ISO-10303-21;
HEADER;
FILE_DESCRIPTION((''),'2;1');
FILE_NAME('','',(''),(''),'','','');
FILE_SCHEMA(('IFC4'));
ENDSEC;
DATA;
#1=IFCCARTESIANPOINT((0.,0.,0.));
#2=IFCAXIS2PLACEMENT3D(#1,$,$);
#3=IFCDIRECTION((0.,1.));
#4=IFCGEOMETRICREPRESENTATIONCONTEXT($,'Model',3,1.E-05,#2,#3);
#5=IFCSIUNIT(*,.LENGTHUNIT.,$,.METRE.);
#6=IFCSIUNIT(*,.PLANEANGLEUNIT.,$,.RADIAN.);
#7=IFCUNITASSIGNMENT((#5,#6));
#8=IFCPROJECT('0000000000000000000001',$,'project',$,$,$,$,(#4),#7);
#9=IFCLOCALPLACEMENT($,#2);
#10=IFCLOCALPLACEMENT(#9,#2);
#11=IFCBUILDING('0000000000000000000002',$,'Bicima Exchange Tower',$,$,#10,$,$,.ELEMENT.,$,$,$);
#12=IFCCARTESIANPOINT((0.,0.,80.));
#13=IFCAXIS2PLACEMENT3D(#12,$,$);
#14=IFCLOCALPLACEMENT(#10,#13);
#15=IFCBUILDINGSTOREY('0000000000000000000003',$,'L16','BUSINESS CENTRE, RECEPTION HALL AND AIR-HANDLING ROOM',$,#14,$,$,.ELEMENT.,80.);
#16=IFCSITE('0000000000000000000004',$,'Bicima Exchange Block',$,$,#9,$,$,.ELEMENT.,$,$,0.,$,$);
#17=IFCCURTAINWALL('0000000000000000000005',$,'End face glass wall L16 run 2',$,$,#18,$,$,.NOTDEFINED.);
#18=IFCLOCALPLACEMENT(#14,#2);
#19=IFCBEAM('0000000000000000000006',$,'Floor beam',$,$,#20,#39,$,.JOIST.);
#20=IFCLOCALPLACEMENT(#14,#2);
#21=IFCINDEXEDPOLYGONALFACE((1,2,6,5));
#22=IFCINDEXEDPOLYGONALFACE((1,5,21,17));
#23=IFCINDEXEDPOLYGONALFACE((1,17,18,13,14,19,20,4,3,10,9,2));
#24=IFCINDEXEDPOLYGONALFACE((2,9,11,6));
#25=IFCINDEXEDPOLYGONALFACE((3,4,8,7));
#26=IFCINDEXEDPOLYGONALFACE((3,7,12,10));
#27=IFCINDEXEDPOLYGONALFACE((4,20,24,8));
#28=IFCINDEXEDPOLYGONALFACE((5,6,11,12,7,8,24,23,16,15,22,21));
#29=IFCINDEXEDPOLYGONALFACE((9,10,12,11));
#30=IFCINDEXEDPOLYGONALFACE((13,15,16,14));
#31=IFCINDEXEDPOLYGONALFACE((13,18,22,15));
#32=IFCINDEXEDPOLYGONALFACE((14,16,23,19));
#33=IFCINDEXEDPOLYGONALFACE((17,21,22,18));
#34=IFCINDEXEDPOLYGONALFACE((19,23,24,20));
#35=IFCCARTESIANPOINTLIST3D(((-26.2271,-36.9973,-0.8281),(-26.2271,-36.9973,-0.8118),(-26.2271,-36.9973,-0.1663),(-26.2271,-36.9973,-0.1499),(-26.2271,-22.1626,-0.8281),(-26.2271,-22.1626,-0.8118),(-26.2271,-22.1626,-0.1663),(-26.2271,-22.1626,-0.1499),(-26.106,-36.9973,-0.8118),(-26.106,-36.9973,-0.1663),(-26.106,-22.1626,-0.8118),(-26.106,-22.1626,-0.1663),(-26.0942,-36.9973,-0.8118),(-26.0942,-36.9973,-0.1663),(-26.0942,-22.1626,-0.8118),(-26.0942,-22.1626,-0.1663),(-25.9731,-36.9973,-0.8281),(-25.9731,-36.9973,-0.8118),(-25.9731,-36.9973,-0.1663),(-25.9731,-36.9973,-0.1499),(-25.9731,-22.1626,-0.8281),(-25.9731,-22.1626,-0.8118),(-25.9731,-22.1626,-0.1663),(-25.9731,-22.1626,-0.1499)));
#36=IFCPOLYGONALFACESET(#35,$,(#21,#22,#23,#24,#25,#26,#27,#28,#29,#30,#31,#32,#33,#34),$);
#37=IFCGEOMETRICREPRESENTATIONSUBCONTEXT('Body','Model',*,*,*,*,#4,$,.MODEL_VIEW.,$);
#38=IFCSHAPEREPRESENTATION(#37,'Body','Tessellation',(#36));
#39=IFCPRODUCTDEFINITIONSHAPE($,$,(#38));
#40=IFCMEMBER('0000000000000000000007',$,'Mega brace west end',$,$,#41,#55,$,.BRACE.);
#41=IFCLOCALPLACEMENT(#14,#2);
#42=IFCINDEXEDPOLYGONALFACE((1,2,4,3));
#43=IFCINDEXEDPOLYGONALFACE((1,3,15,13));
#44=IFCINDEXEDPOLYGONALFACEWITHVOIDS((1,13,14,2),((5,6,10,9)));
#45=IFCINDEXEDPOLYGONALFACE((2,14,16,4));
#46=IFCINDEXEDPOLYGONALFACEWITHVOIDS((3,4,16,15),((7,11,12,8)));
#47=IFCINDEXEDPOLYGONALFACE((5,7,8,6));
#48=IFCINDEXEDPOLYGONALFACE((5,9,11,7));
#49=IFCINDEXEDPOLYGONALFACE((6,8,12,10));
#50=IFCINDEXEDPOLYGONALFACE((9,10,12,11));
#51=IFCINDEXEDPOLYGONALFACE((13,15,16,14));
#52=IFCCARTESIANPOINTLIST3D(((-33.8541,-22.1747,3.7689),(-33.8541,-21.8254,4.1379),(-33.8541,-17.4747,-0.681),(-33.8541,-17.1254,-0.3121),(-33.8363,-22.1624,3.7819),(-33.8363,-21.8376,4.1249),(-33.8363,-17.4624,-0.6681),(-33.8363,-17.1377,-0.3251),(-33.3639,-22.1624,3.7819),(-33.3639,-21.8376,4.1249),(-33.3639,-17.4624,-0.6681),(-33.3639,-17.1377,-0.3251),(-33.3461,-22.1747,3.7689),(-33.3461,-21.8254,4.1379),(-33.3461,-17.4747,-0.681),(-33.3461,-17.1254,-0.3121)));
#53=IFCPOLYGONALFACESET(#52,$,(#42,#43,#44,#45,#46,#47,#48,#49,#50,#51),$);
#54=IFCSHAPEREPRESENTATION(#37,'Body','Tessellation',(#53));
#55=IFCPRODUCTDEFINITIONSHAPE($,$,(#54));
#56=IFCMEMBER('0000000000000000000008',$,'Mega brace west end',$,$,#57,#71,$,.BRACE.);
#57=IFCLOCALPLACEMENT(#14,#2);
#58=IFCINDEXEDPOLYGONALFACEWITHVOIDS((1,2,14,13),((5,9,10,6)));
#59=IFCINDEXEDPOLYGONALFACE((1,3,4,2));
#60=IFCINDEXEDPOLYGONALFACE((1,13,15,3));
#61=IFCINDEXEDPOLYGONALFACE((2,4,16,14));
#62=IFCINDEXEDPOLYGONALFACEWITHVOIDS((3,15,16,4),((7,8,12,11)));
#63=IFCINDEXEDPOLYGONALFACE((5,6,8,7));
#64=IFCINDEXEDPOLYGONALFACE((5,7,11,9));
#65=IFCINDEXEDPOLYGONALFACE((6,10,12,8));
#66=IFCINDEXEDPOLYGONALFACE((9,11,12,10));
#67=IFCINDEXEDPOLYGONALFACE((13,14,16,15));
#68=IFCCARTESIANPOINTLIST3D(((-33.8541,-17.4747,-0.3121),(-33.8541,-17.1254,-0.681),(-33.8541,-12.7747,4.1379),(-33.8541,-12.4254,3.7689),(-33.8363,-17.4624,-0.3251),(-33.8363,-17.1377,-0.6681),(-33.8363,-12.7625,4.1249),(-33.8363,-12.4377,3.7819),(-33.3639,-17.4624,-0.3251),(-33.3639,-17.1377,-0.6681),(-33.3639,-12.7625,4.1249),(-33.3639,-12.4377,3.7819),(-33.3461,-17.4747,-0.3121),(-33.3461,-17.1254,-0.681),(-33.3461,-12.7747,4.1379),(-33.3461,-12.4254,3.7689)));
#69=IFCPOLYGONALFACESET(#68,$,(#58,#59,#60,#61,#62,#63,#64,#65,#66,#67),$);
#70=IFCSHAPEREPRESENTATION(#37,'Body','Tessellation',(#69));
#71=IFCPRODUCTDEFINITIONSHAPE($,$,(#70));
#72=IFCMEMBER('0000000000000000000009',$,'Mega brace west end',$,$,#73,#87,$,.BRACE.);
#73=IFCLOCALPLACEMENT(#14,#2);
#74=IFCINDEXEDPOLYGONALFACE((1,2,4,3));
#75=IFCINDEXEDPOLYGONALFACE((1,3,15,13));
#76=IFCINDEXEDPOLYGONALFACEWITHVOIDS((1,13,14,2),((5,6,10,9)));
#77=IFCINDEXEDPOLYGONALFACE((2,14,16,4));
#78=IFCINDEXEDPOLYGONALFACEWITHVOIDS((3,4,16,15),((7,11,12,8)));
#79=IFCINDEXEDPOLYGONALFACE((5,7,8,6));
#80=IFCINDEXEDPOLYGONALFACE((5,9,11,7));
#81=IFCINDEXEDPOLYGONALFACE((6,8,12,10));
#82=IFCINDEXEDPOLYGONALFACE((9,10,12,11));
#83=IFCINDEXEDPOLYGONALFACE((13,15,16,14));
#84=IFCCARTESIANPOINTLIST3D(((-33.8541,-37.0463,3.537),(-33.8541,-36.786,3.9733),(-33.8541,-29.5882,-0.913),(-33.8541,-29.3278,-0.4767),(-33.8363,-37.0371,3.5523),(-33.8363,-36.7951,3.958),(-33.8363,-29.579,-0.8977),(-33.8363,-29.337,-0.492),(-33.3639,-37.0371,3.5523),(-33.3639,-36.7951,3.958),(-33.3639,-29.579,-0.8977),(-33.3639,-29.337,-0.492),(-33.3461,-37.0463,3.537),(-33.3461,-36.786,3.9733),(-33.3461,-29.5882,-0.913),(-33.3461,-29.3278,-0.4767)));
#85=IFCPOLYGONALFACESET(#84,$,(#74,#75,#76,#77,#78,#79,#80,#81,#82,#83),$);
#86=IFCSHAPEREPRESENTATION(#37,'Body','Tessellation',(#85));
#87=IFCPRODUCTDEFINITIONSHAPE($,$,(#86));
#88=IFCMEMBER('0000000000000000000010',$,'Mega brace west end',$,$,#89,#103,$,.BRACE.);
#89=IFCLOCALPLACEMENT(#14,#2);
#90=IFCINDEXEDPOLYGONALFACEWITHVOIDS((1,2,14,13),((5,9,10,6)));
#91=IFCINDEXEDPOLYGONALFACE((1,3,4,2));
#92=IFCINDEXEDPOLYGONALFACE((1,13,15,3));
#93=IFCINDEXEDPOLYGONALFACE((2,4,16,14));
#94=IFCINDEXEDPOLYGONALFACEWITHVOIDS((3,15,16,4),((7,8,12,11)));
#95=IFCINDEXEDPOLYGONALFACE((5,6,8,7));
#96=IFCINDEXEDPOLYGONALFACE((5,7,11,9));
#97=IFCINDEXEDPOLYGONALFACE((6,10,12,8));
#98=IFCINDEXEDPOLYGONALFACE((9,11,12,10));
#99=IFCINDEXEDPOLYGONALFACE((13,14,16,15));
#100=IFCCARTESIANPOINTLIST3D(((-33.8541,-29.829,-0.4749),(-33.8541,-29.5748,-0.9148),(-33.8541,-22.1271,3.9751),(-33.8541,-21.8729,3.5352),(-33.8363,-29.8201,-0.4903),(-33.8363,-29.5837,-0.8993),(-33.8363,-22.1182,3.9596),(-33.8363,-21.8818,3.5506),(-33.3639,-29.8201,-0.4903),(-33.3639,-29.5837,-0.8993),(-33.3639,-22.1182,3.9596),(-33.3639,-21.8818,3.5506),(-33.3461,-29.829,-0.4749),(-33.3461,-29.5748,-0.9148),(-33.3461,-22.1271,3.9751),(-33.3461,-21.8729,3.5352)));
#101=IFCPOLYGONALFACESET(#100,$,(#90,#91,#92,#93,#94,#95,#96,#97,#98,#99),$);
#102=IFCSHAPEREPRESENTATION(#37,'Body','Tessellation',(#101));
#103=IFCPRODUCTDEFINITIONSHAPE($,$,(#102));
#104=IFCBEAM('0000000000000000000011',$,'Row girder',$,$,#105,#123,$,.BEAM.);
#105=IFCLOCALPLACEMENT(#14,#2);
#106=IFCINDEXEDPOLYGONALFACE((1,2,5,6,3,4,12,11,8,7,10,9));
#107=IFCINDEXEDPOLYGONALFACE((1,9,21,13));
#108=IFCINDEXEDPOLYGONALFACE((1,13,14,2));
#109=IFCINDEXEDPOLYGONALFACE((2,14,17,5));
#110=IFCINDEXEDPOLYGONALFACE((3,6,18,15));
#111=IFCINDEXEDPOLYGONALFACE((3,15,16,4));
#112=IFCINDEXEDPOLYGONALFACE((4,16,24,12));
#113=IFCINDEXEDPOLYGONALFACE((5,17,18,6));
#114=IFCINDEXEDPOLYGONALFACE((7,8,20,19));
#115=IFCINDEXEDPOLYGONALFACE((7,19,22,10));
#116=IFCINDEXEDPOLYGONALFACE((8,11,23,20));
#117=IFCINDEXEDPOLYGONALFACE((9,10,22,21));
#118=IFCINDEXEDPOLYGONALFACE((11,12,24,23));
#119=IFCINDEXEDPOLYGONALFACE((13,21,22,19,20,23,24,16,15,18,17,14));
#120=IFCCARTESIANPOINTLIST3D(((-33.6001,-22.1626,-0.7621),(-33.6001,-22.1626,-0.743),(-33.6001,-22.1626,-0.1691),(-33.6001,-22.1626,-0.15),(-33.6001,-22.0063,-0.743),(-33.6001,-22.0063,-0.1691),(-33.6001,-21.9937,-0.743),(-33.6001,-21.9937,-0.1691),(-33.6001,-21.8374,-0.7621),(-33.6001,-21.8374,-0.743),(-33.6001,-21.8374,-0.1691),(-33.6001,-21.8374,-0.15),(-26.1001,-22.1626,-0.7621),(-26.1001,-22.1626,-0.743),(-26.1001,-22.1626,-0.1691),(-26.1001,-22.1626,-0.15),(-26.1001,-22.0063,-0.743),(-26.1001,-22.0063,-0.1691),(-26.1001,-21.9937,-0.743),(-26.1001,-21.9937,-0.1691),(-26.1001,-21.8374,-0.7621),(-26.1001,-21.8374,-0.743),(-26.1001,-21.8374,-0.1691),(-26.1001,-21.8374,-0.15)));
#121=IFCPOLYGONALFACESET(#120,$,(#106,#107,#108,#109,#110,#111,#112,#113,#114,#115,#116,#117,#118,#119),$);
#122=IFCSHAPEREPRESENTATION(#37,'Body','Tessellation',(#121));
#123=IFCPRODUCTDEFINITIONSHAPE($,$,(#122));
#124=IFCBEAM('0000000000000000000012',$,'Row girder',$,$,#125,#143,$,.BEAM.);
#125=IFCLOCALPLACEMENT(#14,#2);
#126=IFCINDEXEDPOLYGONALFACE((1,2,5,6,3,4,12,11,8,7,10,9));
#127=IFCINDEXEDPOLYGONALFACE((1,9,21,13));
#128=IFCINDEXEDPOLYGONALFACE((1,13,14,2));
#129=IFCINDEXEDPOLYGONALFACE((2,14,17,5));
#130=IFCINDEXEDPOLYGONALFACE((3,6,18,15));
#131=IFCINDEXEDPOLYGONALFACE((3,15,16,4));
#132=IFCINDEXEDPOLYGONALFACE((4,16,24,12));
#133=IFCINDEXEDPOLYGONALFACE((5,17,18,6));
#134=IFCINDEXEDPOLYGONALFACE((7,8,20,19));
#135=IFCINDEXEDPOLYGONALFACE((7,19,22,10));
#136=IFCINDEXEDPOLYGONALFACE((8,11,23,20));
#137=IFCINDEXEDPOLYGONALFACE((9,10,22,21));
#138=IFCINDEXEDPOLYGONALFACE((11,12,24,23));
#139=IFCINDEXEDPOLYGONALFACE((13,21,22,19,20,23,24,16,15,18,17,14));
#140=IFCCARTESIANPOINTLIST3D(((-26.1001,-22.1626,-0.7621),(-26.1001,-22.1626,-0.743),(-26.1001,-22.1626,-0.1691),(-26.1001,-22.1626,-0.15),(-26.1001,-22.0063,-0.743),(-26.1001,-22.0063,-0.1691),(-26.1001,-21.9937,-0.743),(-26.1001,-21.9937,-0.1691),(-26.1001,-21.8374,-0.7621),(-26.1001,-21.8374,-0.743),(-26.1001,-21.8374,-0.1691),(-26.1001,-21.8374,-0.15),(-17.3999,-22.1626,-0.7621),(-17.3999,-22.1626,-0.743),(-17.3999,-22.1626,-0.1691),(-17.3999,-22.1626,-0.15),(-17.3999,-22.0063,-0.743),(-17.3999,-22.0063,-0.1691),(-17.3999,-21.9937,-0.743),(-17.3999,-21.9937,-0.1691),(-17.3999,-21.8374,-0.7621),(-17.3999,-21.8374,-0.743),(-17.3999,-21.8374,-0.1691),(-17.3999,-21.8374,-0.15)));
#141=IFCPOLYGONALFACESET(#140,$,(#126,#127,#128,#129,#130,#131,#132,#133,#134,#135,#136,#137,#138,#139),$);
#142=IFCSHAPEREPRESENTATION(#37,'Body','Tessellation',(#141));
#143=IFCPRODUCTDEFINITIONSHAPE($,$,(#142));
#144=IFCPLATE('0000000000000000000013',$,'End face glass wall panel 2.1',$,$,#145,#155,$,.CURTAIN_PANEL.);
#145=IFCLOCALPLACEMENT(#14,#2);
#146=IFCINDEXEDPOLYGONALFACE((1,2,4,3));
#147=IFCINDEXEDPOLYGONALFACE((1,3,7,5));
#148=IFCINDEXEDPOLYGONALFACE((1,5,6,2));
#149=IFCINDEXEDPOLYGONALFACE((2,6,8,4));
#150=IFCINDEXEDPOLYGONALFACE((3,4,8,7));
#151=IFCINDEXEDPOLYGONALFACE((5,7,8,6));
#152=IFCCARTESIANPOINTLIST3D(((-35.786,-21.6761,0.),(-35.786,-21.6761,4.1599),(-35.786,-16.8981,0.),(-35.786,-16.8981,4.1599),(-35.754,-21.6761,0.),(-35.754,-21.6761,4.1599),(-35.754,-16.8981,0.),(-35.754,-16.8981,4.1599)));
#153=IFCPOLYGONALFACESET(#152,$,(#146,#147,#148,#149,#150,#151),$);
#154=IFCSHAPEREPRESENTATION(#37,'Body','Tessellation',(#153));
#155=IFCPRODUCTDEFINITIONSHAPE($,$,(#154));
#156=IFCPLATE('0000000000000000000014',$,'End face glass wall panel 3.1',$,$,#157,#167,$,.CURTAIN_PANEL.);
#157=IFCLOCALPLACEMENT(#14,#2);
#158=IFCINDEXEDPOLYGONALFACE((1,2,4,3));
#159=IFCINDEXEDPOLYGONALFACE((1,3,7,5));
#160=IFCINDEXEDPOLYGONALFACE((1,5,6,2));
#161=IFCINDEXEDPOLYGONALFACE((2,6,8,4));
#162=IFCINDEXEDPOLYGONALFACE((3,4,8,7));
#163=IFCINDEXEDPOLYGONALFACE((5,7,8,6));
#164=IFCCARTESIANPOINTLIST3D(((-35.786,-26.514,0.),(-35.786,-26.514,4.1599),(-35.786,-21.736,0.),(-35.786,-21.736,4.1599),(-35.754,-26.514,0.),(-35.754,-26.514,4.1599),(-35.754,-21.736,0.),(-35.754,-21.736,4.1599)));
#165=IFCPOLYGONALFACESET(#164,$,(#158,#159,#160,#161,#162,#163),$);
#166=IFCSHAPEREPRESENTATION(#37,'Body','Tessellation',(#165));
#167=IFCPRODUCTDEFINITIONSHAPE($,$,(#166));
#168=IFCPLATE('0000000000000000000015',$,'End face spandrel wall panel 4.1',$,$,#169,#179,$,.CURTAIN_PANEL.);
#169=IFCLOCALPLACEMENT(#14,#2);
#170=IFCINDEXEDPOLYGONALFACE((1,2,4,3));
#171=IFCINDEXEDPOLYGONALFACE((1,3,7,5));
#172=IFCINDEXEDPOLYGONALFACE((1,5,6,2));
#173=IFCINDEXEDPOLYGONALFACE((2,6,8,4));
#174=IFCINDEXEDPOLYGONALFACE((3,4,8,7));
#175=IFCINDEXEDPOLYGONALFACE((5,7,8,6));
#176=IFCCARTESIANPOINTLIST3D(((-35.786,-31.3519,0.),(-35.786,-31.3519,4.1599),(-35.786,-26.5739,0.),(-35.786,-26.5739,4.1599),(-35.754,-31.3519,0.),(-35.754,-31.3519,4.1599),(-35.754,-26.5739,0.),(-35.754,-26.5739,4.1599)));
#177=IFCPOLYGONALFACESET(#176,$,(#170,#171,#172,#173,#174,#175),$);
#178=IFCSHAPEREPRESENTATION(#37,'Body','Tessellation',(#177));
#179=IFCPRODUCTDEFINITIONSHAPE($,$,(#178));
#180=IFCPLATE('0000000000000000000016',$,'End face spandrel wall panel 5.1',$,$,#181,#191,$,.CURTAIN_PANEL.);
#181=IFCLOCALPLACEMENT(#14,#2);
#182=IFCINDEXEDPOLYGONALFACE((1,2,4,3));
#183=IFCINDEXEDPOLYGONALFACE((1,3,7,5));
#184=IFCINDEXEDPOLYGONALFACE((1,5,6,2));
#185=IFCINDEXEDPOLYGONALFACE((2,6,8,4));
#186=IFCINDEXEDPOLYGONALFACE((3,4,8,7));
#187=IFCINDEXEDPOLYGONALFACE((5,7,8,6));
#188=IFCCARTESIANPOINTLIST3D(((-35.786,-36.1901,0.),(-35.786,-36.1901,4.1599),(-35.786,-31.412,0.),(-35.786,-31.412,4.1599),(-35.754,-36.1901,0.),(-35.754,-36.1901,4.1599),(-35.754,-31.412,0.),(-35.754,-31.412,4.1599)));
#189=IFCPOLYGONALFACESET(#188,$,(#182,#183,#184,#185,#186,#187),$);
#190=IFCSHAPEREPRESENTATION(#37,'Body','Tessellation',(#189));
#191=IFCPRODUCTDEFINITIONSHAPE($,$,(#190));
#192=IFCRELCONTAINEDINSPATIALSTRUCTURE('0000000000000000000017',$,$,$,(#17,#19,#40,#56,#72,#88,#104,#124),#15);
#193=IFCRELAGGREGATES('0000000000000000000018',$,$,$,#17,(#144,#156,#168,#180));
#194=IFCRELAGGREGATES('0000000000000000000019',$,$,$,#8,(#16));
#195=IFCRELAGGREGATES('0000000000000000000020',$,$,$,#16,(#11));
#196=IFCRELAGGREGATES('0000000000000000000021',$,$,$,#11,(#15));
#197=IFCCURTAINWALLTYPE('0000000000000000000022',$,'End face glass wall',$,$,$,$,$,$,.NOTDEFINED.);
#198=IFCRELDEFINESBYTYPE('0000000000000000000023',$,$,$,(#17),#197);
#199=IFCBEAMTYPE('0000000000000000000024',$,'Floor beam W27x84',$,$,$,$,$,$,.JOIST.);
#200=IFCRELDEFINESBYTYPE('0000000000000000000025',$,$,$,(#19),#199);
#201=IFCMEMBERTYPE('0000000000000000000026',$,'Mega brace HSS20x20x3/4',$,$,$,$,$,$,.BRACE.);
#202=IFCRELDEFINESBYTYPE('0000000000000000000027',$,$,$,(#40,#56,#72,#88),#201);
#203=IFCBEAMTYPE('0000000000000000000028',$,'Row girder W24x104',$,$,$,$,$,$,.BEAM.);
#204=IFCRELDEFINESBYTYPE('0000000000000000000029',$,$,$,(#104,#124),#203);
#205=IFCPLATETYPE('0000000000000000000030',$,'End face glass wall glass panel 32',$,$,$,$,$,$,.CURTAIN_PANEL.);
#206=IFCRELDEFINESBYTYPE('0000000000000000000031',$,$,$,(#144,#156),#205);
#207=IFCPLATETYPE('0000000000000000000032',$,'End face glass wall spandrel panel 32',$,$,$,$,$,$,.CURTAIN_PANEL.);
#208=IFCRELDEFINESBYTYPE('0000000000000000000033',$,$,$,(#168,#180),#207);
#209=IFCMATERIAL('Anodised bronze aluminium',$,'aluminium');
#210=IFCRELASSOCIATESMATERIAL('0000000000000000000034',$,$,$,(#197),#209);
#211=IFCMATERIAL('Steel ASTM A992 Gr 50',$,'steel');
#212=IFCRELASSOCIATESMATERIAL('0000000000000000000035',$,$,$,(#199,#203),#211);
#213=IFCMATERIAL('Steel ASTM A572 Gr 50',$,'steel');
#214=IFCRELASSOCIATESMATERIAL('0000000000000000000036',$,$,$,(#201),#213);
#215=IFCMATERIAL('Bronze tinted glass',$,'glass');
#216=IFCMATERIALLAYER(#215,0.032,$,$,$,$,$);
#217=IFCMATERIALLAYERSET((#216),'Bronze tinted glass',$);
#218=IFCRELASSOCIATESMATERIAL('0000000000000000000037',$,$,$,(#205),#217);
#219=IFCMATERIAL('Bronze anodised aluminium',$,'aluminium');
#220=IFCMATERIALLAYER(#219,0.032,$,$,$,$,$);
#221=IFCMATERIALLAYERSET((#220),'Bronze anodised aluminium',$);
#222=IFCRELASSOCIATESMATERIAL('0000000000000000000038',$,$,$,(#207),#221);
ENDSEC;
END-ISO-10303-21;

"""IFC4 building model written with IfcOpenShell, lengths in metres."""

from ifc_helpers import new_model, si_unit, direction, frame, origin, origin_2d, place, context, subcontext, project, spatial, rectangle, hollow_rectangle, i_section, extrude, material, layer, layer_set, material_profile, profile_set, type_object, element, aggregate, save


model = new_model("IFC4")

# Units and contexts
model_context = context("Model", 3, precision=1e-05, world=origin(), true_north=direction((0.0, 1.0)))
body_context = subcontext(model_context, "Body", "Model", "MODEL_VIEW")
ifc_project = project(units=[si_unit("LENGTHUNIT", "METRE"), si_unit("PLANEANGLEUNIT", "RADIAN")], contexts=[model_context])

# Site, building, storey
site_placement = place(None, origin())
site = spatial("IfcSite", under=ifc_project, at=site_placement, Name="Bicima Exchange Block", CompositionType="ELEMENT", RefElevation=0.0)
building_placement = place(site_placement, origin())
building = spatial("IfcBuilding", under=site, at=building_placement, Name="Bicima Exchange Tower", CompositionType="ELEMENT")
storey_placement = place(building_placement, frame((0.0, 0.0, 80.0)))
storey = spatial("IfcBuildingStorey", under=building, at=storey_placement, Name="L16", Description="BUSINESS CENTRE, RECEPTION HALL AND AIR-HANDLING ROOM", CompositionType="ELEMENT", Elevation=80.0)

# Shared definitions
ifc_material_1 = material(Name="Steel ASTM A992 Gr 50", Category="steel")

# Curtain wall
ifc_material_2 = material(Name="Anodised bronze aluminium", Category="aluminium")
curtain_wall_type = type_object("IfcCurtainWallType", Name="End face glass wall", PredefinedType="NOTDEFINED", material=ifc_material_2)
curtain_wall_placement = place(storey_placement, origin())
curtain_wall = element("IfcCurtainWall", 1, at=curtain_wall_placement, inside=storey, type_object=curtain_wall_type, Name="End face glass wall L16 run 2", PredefinedType="NOTDEFINED")

# Beam
ifc_material_profile_1 = material_profile(ifc_material_1, i_section(OverallWidth=0.2539, OverallDepth=0.6782, WebThickness=0.0117, FlangeThickness=0.0164, at=origin_2d()))
ifc_profile_set_1 = profile_set([ifc_material_profile_1], Name="Steel ASTM A992 Gr 50")
beam_type_1 = type_object("IfcBeamType", Name="Floor beam W27x84", PredefinedType="JOIST", material=ifc_profile_set_1)
for number, where, z_axis, x_axis, name in (
    (2, (-26.1001, -22.1626, -0.489), (0.0, -1.0, 0.0), (1.0, 0.0, 0.0), "Floor beam"),
):
    element("IfcBeam", number, at=place(storey_placement, frame(where, z_axis=z_axis, x_axis=x_axis)), inside=storey, type_object=beam_type_1, Name=name, PredefinedType="JOIST", context=body_context, shape_type="SweptSolid", body=[
        extrude(i_section(OverallWidth=0.2539, OverallDepth=0.6782, WebThickness=0.0117, FlangeThickness=0.0164, at=origin_2d()), origin(), (0.0, 0.0, 1.0), 14.8347),
    ])

# Members
ifc_material_3 = material(Name="Steel ASTM A572 Gr 50", Category="steel")
ifc_material_profile_2 = material_profile(ifc_material_3, hollow_rectangle(XDim=0.5081, YDim=0.5081, WallThickness=0.0178, at=origin_2d()))
ifc_profile_set_2 = profile_set([ifc_material_profile_2], Name="Steel ASTM A572 Gr 50")
member_type_1 = type_object("IfcMemberType", Name="Mega brace HSS20x20x3/4", PredefinedType="BRACE", material=ifc_profile_set_2)
for number, where, z_axis, x_axis, name in (
    (3, (-33.6001, -17.3, -0.4966), (0.0, -0.726156, 0.68753), (1.0, 0.0, 0.0), "Mega brace west end"),
    (4, (-33.6001, -17.3, -0.4966), (0.0, 0.726156, 0.68753), (-1.0, 0.0, 0.0), "Mega brace west end"),
):
    element("IfcMember", number, at=place(storey_placement, frame(where, z_axis=z_axis, x_axis=x_axis)), inside=storey, type_object=member_type_1, Name=name, PredefinedType="BRACE", context=body_context, shape_type="SweptSolid", body=[
        extrude(hollow_rectangle(XDim=0.5081, YDim=0.5081, WallThickness=0.0178, at=origin_2d()), origin(), (0.0, 0.0, 1.0), 6.4724),
    ])
member_1_placement = place(storey_placement, frame((-33.6001, -29.458, -0.6948), z_axis=(0.0, -0.858753, 0.51239), x_axis=(1.0, 0.0, 0.0)))
element("IfcMember", 5, at=member_1_placement, inside=storey, type_object=member_type_1, Name="Mega brace west end", PredefinedType="BRACE", context=body_context, shape_type="SweptSolid", body=[
    extrude(hollow_rectangle(XDim=0.5081, YDim=0.5081, WallThickness=0.0178, at=origin_2d()), origin(), (0.0, 0.0, 1.0), 8.6848),
])
member_2_placement = place(storey_placement, frame((-33.6001, -29.7019, -0.6948), z_axis=(0.0, 0.865867, 0.500274), x_axis=(-1.0, 0.0, 0.0)))
element("IfcMember", 6, at=member_2_placement, inside=storey, type_object=member_type_1, Name="Mega brace west end", PredefinedType="BRACE", context=body_context, shape_type="SweptSolid", body=[
    extrude(hollow_rectangle(XDim=0.5081, YDim=0.5081, WallThickness=0.0178, at=origin_2d()), origin(), (0.0, 0.0, 1.0), 8.895),
])

# Beams
ifc_material_profile_3 = material_profile(ifc_material_1, i_section(OverallWidth=0.3252, OverallDepth=0.6121, WebThickness=0.0127, FlangeThickness=0.019, at=origin_2d()))
ifc_profile_set_3 = profile_set([ifc_material_profile_3], Name="Steel ASTM A992 Gr 50")
beam_type_2 = type_object("IfcBeamType", Name="Row girder W24x104", PredefinedType="BEAM", material=ifc_profile_set_3)
beam_1_placement = place(storey_placement, frame((-33.6001, -22.0, -0.4561), z_axis=(1.0, 0.0, 0.0), x_axis=(0.0, 1.0, 0.0)))
element("IfcBeam", 7, at=beam_1_placement, inside=storey, type_object=beam_type_2, Name="Row girder", PredefinedType="BEAM", context=body_context, shape_type="SweptSolid", body=[
    extrude(i_section(OverallWidth=0.3252, OverallDepth=0.6121, WebThickness=0.0127, FlangeThickness=0.019, at=origin_2d()), origin(), (0.0, 0.0, 1.0), 7.5),
])
beam_2_placement = place(storey_placement, frame((-26.1001, -22.0, -0.4561), z_axis=(1.0, 0.0, 0.0), x_axis=(0.0, 1.0, 0.0)))
element("IfcBeam", 8, at=beam_2_placement, inside=storey, type_object=beam_type_2, Name="Row girder", PredefinedType="BEAM", context=body_context, shape_type="SweptSolid", body=[
    extrude(i_section(OverallWidth=0.3252, OverallDepth=0.6121, WebThickness=0.0127, FlangeThickness=0.019, at=origin_2d()), origin(), (0.0, 0.0, 1.0), 8.7002),
])

# Plates
ifc_material_4 = material(Name="Bronze tinted glass", Category="glass")
ifc_layer_1 = layer(ifc_material_4, 0.032)
ifc_layer_set_1 = layer_set([ifc_layer_1], Name="Bronze tinted glass")
plate_type_1 = type_object("IfcPlateType", Name="End face glass wall glass panel 32", PredefinedType="CURTAIN_PANEL", material=ifc_layer_set_1)
plate_1_placement = place(storey_placement, frame((-35.77, -19.2871, 0.0), z_axis=(0.0, 0.0, 1.0), x_axis=(0.0, -1.0, 0.0)))
plate_1 = element("IfcPlate", 9, at=plate_1_placement, type_object=plate_type_1, Name="End face glass wall panel 2.1", PredefinedType="CURTAIN_PANEL", context=body_context, shape_type="SweptSolid", body=[
    extrude(rectangle(XDim=4.7781, YDim=0.032, at=origin_2d()), origin(), (0.0, 0.0, 1.0), 4.1599),
])
plate_2_placement = place(storey_placement, frame((-35.77, -24.125, 0.0), z_axis=(0.0, 0.0, 1.0), x_axis=(0.0, -1.0, 0.0)))
plate_2 = element("IfcPlate", 10, at=plate_2_placement, type_object=plate_type_1, Name="End face glass wall panel 3.1", PredefinedType="CURTAIN_PANEL", context=body_context, shape_type="SweptSolid", body=[
    extrude(rectangle(XDim=4.7781, YDim=0.032, at=origin_2d()), origin(), (0.0, 0.0, 1.0), 4.1599),
])
ifc_material_5 = material(Name="Bronze anodised aluminium", Category="aluminium")
ifc_layer_2 = layer(ifc_material_5, 0.032)
ifc_layer_set_2 = layer_set([ifc_layer_2], Name="Bronze anodised aluminium")
plate_type_2 = type_object("IfcPlateType", Name="End face glass wall spandrel panel 32", PredefinedType="CURTAIN_PANEL", material=ifc_layer_set_2)
plate_3_placement = place(storey_placement, frame((-35.77, -28.9629, 0.0), z_axis=(0.0, 0.0, 1.0), x_axis=(0.0, -1.0, 0.0)))
plate_3 = element("IfcPlate", 11, at=plate_3_placement, type_object=plate_type_2, Name="End face spandrel wall panel 4.1", PredefinedType="CURTAIN_PANEL", context=body_context, shape_type="SweptSolid", body=[
    extrude(rectangle(XDim=4.7781, YDim=0.032, at=origin_2d()), origin(), (0.0, 0.0, 1.0), 4.1599),
])
plate_4_placement = place(storey_placement, frame((-35.77, -33.801, 0.0), z_axis=(0.0, 0.0, 1.0), x_axis=(0.0, -1.0, 0.0)))
plate_4 = element("IfcPlate", 12, at=plate_4_placement, type_object=plate_type_2, Name="End face spandrel wall panel 5.1", PredefinedType="CURTAIN_PANEL", context=body_context, shape_type="SweptSolid", body=[
    extrude(rectangle(XDim=4.7781, YDim=0.032, at=origin_2d()), origin(), (0.0, 0.0, 1.0), 4.1599),
])
aggregate(curtain_wall, [plate_1, plate_2, plate_3, plate_4])

save(model, "model.ifc")
